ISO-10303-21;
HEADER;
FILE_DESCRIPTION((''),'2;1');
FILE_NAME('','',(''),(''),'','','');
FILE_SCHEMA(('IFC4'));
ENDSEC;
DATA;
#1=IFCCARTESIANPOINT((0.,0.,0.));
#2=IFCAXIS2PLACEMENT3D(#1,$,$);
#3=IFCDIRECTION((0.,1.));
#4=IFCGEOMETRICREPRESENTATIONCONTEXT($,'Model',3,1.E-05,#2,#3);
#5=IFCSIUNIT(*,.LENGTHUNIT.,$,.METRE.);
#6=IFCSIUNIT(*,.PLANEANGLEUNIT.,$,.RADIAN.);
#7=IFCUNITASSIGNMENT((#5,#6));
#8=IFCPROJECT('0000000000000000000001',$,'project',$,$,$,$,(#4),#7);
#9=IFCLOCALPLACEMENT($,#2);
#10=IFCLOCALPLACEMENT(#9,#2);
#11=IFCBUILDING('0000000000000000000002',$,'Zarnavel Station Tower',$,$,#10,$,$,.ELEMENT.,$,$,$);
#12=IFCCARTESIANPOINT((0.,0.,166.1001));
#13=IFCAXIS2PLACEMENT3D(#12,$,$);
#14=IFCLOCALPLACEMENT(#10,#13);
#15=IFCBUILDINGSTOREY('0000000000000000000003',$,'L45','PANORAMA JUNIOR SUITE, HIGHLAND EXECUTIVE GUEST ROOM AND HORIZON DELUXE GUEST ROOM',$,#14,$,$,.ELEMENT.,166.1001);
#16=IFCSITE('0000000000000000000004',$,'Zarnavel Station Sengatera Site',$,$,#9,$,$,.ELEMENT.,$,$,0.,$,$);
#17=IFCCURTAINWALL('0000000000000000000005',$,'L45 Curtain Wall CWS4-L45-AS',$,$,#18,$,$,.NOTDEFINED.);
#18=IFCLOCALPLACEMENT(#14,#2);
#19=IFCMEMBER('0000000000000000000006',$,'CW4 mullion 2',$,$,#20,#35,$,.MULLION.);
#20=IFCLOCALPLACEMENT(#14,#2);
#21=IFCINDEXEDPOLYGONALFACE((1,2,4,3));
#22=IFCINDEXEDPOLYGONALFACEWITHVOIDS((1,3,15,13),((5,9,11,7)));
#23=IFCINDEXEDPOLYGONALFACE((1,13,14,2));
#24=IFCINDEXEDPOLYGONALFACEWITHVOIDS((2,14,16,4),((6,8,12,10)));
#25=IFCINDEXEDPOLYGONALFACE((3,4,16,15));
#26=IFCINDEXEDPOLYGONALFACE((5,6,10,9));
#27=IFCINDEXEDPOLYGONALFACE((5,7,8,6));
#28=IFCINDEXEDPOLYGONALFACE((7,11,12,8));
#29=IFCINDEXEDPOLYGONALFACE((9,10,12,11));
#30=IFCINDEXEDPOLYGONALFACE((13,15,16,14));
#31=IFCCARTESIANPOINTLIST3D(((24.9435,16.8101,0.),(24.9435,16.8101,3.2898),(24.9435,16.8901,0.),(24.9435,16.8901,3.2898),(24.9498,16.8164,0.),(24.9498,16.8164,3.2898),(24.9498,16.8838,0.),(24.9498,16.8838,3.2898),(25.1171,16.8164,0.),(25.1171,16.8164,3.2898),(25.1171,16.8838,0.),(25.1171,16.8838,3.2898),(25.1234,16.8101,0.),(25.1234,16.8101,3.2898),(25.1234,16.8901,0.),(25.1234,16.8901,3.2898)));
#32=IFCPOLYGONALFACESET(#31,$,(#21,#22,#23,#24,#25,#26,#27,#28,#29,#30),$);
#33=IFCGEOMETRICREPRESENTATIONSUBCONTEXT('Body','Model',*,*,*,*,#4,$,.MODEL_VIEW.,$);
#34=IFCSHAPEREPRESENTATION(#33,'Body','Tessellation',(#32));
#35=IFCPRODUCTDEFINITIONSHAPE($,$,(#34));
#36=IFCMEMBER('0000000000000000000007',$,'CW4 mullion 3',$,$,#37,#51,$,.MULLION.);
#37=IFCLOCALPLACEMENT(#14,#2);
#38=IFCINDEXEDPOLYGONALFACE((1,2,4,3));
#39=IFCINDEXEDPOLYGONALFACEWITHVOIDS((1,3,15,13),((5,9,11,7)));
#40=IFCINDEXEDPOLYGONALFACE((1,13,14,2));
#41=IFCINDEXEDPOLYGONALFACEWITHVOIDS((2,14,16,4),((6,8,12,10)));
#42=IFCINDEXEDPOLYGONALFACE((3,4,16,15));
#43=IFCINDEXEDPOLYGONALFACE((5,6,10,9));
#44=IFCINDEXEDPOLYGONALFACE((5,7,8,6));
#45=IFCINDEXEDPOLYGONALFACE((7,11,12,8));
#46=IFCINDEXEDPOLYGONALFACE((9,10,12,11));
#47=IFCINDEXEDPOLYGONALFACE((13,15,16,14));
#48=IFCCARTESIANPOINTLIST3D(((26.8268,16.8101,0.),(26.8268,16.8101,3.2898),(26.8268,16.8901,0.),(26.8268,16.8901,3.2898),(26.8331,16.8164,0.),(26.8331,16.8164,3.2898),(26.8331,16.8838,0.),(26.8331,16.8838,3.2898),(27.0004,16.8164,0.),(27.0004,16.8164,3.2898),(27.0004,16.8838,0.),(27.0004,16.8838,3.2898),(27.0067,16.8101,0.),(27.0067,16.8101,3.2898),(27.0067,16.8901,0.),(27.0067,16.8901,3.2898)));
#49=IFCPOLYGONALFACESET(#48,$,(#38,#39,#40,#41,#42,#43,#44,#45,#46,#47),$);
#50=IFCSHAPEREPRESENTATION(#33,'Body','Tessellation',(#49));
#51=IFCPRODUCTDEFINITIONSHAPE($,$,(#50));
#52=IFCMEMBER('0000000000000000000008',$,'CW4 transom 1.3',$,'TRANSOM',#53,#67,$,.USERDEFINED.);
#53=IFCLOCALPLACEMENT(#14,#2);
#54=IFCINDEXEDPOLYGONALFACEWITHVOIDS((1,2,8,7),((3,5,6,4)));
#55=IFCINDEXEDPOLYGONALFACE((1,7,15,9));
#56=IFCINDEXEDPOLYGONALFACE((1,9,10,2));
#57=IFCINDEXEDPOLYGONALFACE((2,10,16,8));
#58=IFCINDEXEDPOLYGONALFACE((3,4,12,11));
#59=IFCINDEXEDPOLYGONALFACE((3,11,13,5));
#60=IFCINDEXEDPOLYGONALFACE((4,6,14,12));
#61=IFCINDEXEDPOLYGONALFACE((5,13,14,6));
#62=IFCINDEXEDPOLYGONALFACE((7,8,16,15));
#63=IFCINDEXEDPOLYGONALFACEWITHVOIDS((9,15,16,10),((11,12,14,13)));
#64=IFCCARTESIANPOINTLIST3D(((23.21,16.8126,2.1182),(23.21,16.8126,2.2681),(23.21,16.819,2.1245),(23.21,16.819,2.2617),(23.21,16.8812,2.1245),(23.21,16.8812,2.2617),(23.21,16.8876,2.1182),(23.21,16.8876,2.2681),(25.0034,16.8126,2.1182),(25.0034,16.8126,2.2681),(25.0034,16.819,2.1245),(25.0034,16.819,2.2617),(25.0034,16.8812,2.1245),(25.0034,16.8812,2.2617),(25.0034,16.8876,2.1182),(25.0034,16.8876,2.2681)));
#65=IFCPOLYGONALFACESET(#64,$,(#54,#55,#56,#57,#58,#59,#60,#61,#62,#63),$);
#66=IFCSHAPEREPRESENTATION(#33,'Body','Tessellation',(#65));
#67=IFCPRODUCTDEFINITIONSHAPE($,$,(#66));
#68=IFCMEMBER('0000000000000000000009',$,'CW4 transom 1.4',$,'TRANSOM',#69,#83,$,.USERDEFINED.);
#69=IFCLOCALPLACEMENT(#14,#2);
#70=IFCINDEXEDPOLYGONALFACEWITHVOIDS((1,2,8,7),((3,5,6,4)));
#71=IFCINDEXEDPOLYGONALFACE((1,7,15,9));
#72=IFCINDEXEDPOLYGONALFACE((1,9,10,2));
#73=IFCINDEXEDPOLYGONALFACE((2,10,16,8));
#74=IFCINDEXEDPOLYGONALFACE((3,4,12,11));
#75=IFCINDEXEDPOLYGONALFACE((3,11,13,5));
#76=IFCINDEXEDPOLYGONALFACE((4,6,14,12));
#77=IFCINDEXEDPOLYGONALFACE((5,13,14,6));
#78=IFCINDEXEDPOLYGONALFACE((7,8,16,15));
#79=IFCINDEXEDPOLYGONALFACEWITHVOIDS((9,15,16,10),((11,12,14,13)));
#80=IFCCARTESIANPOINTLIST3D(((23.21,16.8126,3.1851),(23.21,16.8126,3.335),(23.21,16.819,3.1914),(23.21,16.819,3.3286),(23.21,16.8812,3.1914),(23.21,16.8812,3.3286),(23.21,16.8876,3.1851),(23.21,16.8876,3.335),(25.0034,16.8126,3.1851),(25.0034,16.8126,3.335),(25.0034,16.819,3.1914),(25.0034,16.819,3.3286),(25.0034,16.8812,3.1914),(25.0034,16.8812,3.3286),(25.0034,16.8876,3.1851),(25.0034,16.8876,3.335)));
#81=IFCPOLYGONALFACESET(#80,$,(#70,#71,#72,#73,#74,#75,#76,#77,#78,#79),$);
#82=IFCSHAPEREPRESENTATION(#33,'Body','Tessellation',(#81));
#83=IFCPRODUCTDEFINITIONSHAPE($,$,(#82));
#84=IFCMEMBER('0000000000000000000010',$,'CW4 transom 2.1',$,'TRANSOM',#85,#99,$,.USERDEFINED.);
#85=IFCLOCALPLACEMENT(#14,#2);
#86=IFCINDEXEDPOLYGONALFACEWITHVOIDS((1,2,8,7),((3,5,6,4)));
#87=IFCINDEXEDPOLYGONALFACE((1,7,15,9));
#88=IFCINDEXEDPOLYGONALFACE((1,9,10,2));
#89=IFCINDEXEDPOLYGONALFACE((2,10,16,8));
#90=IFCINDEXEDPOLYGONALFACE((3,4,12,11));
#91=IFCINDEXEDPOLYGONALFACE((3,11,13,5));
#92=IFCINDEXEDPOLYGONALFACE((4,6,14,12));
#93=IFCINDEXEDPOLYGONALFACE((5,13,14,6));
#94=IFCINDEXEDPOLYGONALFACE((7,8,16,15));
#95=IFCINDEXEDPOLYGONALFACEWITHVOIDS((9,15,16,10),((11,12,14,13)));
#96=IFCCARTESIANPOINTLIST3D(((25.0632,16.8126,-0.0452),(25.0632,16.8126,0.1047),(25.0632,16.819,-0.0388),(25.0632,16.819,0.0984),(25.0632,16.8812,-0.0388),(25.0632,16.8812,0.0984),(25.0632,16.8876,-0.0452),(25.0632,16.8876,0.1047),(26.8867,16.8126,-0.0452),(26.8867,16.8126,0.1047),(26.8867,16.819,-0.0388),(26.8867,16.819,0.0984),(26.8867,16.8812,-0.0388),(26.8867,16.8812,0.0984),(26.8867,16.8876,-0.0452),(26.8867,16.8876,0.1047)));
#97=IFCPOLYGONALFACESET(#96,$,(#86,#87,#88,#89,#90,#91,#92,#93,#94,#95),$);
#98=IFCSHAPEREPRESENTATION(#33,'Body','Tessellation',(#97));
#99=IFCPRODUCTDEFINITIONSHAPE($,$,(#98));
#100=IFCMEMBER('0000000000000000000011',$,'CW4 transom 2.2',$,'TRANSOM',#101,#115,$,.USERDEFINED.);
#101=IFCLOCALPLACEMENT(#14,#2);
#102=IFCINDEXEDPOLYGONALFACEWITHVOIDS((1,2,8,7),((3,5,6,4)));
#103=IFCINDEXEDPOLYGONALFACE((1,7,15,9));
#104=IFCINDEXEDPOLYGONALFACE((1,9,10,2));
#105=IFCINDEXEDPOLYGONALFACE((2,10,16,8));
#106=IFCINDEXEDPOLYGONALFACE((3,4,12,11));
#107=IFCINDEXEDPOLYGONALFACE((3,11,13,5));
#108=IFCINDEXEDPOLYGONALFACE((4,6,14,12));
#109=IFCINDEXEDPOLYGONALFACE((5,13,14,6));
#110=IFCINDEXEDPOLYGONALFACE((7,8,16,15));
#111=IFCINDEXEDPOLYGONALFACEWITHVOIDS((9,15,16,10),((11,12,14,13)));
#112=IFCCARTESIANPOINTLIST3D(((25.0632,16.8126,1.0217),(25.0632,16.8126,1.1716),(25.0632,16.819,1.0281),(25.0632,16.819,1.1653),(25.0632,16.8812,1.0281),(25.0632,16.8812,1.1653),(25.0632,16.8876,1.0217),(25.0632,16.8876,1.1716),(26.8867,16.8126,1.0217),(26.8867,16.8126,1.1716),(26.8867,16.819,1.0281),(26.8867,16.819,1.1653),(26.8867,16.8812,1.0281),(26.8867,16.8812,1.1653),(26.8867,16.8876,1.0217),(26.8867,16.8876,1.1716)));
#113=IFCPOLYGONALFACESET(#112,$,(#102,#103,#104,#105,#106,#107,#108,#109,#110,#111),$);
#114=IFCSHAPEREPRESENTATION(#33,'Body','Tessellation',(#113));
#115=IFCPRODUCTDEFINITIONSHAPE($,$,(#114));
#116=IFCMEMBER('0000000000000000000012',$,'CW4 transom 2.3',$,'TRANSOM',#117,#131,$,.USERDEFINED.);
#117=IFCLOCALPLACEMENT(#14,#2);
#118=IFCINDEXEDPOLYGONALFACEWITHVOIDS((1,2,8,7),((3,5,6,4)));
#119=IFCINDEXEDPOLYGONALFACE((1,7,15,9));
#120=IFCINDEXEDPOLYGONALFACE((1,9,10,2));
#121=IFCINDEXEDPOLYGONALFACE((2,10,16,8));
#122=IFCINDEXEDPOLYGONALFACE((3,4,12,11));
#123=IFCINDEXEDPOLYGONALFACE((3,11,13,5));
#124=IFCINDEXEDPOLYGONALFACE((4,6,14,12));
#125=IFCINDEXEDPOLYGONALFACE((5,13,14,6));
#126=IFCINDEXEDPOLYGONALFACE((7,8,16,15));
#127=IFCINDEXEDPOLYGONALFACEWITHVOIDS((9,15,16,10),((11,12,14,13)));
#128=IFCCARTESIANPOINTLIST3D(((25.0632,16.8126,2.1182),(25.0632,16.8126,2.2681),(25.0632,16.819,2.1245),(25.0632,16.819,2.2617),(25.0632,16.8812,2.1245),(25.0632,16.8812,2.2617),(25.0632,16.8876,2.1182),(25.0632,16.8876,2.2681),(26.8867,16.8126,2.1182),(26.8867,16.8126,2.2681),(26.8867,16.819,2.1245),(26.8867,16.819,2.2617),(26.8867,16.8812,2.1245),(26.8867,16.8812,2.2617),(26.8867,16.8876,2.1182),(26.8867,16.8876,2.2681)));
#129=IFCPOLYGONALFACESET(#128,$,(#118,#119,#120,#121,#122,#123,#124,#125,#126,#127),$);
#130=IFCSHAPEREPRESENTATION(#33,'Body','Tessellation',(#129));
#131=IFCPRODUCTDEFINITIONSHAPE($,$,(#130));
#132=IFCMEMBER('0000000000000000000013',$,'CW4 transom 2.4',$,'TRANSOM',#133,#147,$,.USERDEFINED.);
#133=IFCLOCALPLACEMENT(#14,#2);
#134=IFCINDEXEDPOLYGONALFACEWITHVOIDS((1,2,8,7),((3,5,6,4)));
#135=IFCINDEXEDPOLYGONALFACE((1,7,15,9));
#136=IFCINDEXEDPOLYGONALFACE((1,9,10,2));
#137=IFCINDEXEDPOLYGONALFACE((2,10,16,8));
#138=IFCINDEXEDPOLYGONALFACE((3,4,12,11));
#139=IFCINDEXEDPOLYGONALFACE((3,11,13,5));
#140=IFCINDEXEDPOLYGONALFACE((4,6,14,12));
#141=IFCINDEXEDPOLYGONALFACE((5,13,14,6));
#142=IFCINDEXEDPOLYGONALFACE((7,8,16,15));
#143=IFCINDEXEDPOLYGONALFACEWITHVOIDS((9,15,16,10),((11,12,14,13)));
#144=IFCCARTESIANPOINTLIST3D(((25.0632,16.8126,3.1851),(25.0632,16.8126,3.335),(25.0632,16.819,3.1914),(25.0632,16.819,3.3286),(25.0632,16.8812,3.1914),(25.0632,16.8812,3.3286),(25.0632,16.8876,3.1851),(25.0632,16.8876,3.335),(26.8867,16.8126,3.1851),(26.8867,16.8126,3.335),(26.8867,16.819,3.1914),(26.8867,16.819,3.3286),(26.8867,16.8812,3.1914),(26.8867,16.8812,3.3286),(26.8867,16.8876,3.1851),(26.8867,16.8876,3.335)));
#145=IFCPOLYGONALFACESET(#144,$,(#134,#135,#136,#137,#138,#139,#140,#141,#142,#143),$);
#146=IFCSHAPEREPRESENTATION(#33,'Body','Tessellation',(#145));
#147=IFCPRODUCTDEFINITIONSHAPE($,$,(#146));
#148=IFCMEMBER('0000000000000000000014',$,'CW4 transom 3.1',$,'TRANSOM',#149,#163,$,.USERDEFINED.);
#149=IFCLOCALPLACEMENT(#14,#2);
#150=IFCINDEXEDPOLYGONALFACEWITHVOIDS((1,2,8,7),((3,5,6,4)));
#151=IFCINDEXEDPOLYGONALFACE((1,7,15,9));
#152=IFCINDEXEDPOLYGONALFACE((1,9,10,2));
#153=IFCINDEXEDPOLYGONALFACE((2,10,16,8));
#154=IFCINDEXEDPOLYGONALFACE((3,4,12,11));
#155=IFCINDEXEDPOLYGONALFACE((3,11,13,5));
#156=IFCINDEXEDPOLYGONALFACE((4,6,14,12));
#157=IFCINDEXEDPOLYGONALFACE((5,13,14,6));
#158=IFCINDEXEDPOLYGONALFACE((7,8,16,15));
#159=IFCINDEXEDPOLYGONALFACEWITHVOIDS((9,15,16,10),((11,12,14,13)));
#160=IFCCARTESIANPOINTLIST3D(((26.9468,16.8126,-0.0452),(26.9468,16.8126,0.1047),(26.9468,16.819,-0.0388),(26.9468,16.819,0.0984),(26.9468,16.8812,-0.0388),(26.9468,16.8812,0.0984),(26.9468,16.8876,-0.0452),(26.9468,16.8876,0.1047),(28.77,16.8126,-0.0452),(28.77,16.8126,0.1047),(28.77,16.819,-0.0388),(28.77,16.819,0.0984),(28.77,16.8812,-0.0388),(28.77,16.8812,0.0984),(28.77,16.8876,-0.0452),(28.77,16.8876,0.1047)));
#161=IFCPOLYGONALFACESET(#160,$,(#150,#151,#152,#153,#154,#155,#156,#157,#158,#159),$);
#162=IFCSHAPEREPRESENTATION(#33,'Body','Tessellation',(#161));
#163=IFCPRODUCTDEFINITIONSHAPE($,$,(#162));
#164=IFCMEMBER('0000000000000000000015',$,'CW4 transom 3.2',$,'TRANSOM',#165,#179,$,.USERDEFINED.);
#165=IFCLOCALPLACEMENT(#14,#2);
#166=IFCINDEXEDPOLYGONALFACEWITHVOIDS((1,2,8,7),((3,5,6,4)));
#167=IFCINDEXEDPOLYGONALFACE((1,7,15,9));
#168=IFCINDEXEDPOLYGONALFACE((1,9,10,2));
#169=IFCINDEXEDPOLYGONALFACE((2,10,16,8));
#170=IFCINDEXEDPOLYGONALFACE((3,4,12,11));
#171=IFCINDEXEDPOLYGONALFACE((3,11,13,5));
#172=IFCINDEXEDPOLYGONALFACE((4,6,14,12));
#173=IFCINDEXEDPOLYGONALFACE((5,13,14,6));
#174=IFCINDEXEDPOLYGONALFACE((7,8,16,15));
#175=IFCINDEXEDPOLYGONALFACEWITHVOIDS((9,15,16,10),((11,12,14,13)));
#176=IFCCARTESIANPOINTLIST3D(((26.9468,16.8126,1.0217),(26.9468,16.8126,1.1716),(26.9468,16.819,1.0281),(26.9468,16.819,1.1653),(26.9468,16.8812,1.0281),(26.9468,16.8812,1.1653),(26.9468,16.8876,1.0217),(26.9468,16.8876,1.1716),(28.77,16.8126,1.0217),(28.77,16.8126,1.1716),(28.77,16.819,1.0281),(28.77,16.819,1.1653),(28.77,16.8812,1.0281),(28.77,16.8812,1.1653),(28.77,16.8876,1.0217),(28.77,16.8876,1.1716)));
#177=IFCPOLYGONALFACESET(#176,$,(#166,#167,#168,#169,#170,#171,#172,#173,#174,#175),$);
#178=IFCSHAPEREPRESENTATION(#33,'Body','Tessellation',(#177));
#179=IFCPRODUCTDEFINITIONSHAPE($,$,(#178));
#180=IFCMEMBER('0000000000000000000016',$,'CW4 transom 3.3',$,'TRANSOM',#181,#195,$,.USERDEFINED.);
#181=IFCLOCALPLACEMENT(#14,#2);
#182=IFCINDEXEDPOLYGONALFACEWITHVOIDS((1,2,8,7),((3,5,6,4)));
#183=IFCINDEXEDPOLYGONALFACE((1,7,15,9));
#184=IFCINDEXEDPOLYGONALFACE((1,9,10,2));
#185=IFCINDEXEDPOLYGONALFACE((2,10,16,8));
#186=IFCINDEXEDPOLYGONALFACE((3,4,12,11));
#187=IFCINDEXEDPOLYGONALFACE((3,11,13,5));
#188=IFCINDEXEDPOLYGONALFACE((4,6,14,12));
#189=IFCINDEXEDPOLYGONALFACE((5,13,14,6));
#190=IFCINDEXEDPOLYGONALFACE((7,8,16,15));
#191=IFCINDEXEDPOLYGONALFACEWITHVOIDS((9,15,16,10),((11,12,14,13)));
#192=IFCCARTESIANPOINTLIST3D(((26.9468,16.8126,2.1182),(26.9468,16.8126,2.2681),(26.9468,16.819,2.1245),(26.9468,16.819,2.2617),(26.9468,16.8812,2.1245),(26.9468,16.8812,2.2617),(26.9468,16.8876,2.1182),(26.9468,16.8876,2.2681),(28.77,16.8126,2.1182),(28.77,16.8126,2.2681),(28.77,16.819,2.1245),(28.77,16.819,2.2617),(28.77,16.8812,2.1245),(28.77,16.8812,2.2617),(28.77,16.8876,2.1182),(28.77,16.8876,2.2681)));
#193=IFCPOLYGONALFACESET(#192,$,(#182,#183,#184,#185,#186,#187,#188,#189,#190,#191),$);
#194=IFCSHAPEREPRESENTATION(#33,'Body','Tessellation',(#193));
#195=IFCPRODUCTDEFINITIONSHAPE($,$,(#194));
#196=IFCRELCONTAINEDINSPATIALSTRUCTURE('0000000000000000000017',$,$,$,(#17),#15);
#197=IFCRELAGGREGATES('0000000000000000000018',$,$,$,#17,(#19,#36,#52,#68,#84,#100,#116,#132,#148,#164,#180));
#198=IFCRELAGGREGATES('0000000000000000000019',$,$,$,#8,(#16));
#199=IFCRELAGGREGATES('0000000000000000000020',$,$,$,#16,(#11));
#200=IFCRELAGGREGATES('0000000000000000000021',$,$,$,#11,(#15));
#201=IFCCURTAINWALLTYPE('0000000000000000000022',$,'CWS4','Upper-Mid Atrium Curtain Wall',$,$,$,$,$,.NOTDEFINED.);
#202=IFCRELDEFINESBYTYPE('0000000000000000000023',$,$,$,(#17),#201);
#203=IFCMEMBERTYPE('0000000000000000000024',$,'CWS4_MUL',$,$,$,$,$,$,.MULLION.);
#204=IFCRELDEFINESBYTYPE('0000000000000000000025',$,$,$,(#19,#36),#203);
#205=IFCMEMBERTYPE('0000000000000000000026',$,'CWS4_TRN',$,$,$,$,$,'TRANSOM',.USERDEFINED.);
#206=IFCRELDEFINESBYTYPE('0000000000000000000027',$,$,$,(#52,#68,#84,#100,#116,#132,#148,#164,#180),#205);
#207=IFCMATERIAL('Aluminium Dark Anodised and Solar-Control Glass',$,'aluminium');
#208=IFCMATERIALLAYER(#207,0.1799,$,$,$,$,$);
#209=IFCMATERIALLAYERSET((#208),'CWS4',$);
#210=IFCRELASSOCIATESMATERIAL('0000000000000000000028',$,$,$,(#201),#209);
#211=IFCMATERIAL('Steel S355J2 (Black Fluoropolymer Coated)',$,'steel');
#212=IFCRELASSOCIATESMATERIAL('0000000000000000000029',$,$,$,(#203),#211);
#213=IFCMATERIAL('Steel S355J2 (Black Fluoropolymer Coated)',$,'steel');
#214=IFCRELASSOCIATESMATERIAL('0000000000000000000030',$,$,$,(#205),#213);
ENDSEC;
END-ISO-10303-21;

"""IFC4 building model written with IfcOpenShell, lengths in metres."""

from ifc_helpers import new_model, si_unit, direction, frame, origin, origin_2d, place, context, subcontext, project, spatial, hollow_rectangle, extrude, material, layer, layer_set, material_profile, profile_set, type_object, element, aggregate, save


model = new_model("IFC4")

# Units and contexts
model_context = context("Model", 3, precision=1e-05, world=origin(), true_north=direction((0.0, 1.0)))
body_context = subcontext(model_context, "Body", "Model", "MODEL_VIEW")
ifc_project = project(units=[si_unit("LENGTHUNIT", "METRE"), si_unit("PLANEANGLEUNIT", "RADIAN")], contexts=[model_context])

# Site, building, storey
site_placement = place(None, origin())
site = spatial("IfcSite", under=ifc_project, at=site_placement, Name="Zarnavel Station Sengatera Site", CompositionType="ELEMENT", RefElevation=0.0)
building_placement = place(site_placement, origin())
building = spatial("IfcBuilding", under=site, at=building_placement, Name="Zarnavel Station Tower", CompositionType="ELEMENT")
storey_placement = place(building_placement, frame((0.0, 0.0, 166.1001)))
storey = spatial("IfcBuildingStorey", under=building, at=storey_placement, Name="L45", Description="PANORAMA JUNIOR SUITE, HIGHLAND EXECUTIVE GUEST ROOM AND HORIZON DELUXE GUEST ROOM", CompositionType="ELEMENT", Elevation=166.1001)

# Curtain wall, members
ifc_material_1 = material(Name="Aluminium Dark Anodised and Solar-Control Glass", Category="aluminium")
ifc_layer_1 = layer(ifc_material_1, 0.1799)
ifc_layer_set_1 = layer_set([ifc_layer_1], Name="CWS4")
curtain_wall_type = type_object("IfcCurtainWallType", Name="CWS4", Description="Upper-Mid Atrium Curtain Wall", PredefinedType="NOTDEFINED", material=ifc_layer_set_1)
curtain_wall_placement = place(storey_placement, origin())
curtain_wall = element("IfcCurtainWall", 1, at=curtain_wall_placement, inside=storey, type_object=curtain_wall_type, Name="L45 Curtain Wall CWS4-L45-AS", PredefinedType="NOTDEFINED")
ifc_material_2 = material(Name="Steel S355J2 (Black Fluoropolymer Coated)", Category="steel")
ifc_material_profile_1 = material_profile(ifc_material_2, hollow_rectangle(XDim=0.0801, YDim=0.1799, WallThickness=0.0063, at=origin_2d()), Name="RHS180x80x6.3")
ifc_profile_set_1 = profile_set([ifc_material_profile_1], Name="Steel S355J2 (Black Fluoropolymer Coated)")
member_type_1 = type_object("IfcMemberType", Name="CWS4_MUL", PredefinedType="MULLION", material=ifc_profile_set_1)
member_1_placement = place(storey_placement, frame((25.0334, 16.8501, 0.0), z_axis=(0.0, 0.0, 1.0), x_axis=(0.0, 1.0, 0.0)))
member_1 = element("IfcMember", 2, at=member_1_placement, type_object=member_type_1, Name="CW4 mullion 2", PredefinedType="MULLION", context=body_context, shape_type="SweptSolid", body=[
    extrude(hollow_rectangle(XDim=0.0801, YDim=0.1799, WallThickness=0.0063, at=origin_2d()), origin(), (0.0, 0.0, 1.0), 3.2898),
])
member_2_placement = place(storey_placement, frame((26.9167, 16.8501, 0.0), z_axis=(0.0, 0.0, 1.0), x_axis=(0.0, 1.0, 0.0)))
member_2 = element("IfcMember", 3, at=member_2_placement, type_object=member_type_1, Name="CW4 mullion 3", PredefinedType="MULLION", context=body_context, shape_type="SweptSolid", body=[
    extrude(hollow_rectangle(XDim=0.0801, YDim=0.1799, WallThickness=0.0063, at=origin_2d()), origin(), (0.0, 0.0, 1.0), 3.2898),
])
ifc_material_3 = material(Name="Steel S355J2 (Black Fluoropolymer Coated)", Category="steel")
ifc_material_profile_2 = material_profile(ifc_material_3, hollow_rectangle(XDim=0.075, YDim=0.1499, WallThickness=0.0063, at=origin_2d()), Name="RHS150x75x6.3")
ifc_profile_set_2 = profile_set([ifc_material_profile_2], Name="Steel S355J2 (Black Fluoropolymer Coated)")
member_type_2 = type_object("IfcMemberType", Name="CWS4_TRN", ElementType="TRANSOM", PredefinedType="USERDEFINED", material=ifc_profile_set_2)
member_3_placement = place(storey_placement, frame((23.21, 16.8501, 2.1931), z_axis=(1.0, 0.0, 0.0), x_axis=(0.0, 1.0, 0.0)))
member_3 = element("IfcMember", 4, at=member_3_placement, type_object=member_type_2, Name="CW4 transom 1.3", ObjectType="TRANSOM", PredefinedType="USERDEFINED", context=body_context, shape_type="SweptSolid", body=[
    extrude(hollow_rectangle(XDim=0.075, YDim=0.1499, WallThickness=0.0063, at=origin_2d()), origin(), (0.0, 0.0, 1.0), 1.7935),
])
member_4_placement = place(storey_placement, frame((23.21, 16.8501, 3.26), z_axis=(1.0, 0.0, 0.0), x_axis=(0.0, 1.0, 0.0)))
member_4 = element("IfcMember", 5, at=member_4_placement, type_object=member_type_2, Name="CW4 transom 1.4", ObjectType="TRANSOM", PredefinedType="USERDEFINED", context=body_context, shape_type="SweptSolid", body=[
    extrude(hollow_rectangle(XDim=0.075, YDim=0.1499, WallThickness=0.0063, at=origin_2d()), origin(), (0.0, 0.0, 1.0), 1.7935),
])
member_5_placement = place(storey_placement, frame((25.0632, 16.8501, 0.0298), z_axis=(1.0, 0.0, 0.0), x_axis=(0.0, 1.0, 0.0)))
member_5 = element("IfcMember", 6, at=member_5_placement, type_object=member_type_2, Name="CW4 transom 2.1", ObjectType="TRANSOM", PredefinedType="USERDEFINED", context=body_context, shape_type="SweptSolid", body=[
    extrude(hollow_rectangle(XDim=0.075, YDim=0.1499, WallThickness=0.0063, at=origin_2d()), origin(), (0.0, 0.0, 1.0), 1.8235),
])
member_6_placement = place(storey_placement, frame((25.0632, 16.8501, 1.0967), z_axis=(1.0, 0.0, 0.0), x_axis=(0.0, 1.0, 0.0)))
member_6 = element("IfcMember", 7, at=member_6_placement, type_object=member_type_2, Name="CW4 transom 2.2", ObjectType="TRANSOM", PredefinedType="USERDEFINED", context=body_context, shape_type="SweptSolid", body=[
    extrude(hollow_rectangle(XDim=0.075, YDim=0.1499, WallThickness=0.0063, at=origin_2d()), origin(), (0.0, 0.0, 1.0), 1.8235),
])
member_7_placement = place(storey_placement, frame((25.0632, 16.8501, 2.1931), z_axis=(1.0, 0.0, 0.0), x_axis=(0.0, 1.0, 0.0)))
member_7 = element("IfcMember", 8, at=member_7_placement, type_object=member_type_2, Name="CW4 transom 2.3", ObjectType="TRANSOM", PredefinedType="USERDEFINED", context=body_context, shape_type="SweptSolid", body=[
    extrude(hollow_rectangle(XDim=0.075, YDim=0.1499, WallThickness=0.0063, at=origin_2d()), origin(), (0.0, 0.0, 1.0), 1.8235),
])
member_8_placement = place(storey_placement, frame((25.0632, 16.8501, 3.26), z_axis=(1.0, 0.0, 0.0), x_axis=(0.0, 1.0, 0.0)))
member_8 = element("IfcMember", 9, at=member_8_placement, type_object=member_type_2, Name="CW4 transom 2.4", ObjectType="TRANSOM", PredefinedType="USERDEFINED", context=body_context, shape_type="SweptSolid", body=[
    extrude(hollow_rectangle(XDim=0.075, YDim=0.1499, WallThickness=0.0063, at=origin_2d()), origin(), (0.0, 0.0, 1.0), 1.8235),
])
member_9_placement = place(storey_placement, frame((26.9468, 16.8501, 0.0298), z_axis=(1.0, 0.0, 0.0), x_axis=(0.0, 1.0, 0.0)))
member_9 = element("IfcMember", 10, at=member_9_placement, type_object=member_type_2, Name="CW4 transom 3.1", ObjectType="TRANSOM", PredefinedType="USERDEFINED", context=body_context, shape_type="SweptSolid", body=[
    extrude(hollow_rectangle(XDim=0.075, YDim=0.1499, WallThickness=0.0063, at=origin_2d()), origin(), (0.0, 0.0, 1.0), 1.8232),
])
member_10_placement = place(storey_placement, frame((26.9468, 16.8501, 1.0967), z_axis=(1.0, 0.0, 0.0), x_axis=(0.0, 1.0, 0.0)))
member_10 = element("IfcMember", 11, at=member_10_placement, type_object=member_type_2, Name="CW4 transom 3.2", ObjectType="TRANSOM", PredefinedType="USERDEFINED", context=body_context, shape_type="SweptSolid", body=[
    extrude(hollow_rectangle(XDim=0.075, YDim=0.1499, WallThickness=0.0063, at=origin_2d()), origin(), (0.0, 0.0, 1.0), 1.8232),
])
member_11_placement = place(storey_placement, frame((26.9468, 16.8501, 2.1931), z_axis=(1.0, 0.0, 0.0), x_axis=(0.0, 1.0, 0.0)))
member_11 = element("IfcMember", 12, at=member_11_placement, type_object=member_type_2, Name="CW4 transom 3.3", ObjectType="TRANSOM", PredefinedType="USERDEFINED", context=body_context, shape_type="SweptSolid", body=[
    extrude(hollow_rectangle(XDim=0.075, YDim=0.1499, WallThickness=0.0063, at=origin_2d()), origin(), (0.0, 0.0, 1.0), 1.8232),
])
aggregate(curtain_wall, [member_1, member_2, member_3, member_4, member_5, member_6, member_7, member_8, member_9, member_10, member_11])

save(model, "model.ifc")
